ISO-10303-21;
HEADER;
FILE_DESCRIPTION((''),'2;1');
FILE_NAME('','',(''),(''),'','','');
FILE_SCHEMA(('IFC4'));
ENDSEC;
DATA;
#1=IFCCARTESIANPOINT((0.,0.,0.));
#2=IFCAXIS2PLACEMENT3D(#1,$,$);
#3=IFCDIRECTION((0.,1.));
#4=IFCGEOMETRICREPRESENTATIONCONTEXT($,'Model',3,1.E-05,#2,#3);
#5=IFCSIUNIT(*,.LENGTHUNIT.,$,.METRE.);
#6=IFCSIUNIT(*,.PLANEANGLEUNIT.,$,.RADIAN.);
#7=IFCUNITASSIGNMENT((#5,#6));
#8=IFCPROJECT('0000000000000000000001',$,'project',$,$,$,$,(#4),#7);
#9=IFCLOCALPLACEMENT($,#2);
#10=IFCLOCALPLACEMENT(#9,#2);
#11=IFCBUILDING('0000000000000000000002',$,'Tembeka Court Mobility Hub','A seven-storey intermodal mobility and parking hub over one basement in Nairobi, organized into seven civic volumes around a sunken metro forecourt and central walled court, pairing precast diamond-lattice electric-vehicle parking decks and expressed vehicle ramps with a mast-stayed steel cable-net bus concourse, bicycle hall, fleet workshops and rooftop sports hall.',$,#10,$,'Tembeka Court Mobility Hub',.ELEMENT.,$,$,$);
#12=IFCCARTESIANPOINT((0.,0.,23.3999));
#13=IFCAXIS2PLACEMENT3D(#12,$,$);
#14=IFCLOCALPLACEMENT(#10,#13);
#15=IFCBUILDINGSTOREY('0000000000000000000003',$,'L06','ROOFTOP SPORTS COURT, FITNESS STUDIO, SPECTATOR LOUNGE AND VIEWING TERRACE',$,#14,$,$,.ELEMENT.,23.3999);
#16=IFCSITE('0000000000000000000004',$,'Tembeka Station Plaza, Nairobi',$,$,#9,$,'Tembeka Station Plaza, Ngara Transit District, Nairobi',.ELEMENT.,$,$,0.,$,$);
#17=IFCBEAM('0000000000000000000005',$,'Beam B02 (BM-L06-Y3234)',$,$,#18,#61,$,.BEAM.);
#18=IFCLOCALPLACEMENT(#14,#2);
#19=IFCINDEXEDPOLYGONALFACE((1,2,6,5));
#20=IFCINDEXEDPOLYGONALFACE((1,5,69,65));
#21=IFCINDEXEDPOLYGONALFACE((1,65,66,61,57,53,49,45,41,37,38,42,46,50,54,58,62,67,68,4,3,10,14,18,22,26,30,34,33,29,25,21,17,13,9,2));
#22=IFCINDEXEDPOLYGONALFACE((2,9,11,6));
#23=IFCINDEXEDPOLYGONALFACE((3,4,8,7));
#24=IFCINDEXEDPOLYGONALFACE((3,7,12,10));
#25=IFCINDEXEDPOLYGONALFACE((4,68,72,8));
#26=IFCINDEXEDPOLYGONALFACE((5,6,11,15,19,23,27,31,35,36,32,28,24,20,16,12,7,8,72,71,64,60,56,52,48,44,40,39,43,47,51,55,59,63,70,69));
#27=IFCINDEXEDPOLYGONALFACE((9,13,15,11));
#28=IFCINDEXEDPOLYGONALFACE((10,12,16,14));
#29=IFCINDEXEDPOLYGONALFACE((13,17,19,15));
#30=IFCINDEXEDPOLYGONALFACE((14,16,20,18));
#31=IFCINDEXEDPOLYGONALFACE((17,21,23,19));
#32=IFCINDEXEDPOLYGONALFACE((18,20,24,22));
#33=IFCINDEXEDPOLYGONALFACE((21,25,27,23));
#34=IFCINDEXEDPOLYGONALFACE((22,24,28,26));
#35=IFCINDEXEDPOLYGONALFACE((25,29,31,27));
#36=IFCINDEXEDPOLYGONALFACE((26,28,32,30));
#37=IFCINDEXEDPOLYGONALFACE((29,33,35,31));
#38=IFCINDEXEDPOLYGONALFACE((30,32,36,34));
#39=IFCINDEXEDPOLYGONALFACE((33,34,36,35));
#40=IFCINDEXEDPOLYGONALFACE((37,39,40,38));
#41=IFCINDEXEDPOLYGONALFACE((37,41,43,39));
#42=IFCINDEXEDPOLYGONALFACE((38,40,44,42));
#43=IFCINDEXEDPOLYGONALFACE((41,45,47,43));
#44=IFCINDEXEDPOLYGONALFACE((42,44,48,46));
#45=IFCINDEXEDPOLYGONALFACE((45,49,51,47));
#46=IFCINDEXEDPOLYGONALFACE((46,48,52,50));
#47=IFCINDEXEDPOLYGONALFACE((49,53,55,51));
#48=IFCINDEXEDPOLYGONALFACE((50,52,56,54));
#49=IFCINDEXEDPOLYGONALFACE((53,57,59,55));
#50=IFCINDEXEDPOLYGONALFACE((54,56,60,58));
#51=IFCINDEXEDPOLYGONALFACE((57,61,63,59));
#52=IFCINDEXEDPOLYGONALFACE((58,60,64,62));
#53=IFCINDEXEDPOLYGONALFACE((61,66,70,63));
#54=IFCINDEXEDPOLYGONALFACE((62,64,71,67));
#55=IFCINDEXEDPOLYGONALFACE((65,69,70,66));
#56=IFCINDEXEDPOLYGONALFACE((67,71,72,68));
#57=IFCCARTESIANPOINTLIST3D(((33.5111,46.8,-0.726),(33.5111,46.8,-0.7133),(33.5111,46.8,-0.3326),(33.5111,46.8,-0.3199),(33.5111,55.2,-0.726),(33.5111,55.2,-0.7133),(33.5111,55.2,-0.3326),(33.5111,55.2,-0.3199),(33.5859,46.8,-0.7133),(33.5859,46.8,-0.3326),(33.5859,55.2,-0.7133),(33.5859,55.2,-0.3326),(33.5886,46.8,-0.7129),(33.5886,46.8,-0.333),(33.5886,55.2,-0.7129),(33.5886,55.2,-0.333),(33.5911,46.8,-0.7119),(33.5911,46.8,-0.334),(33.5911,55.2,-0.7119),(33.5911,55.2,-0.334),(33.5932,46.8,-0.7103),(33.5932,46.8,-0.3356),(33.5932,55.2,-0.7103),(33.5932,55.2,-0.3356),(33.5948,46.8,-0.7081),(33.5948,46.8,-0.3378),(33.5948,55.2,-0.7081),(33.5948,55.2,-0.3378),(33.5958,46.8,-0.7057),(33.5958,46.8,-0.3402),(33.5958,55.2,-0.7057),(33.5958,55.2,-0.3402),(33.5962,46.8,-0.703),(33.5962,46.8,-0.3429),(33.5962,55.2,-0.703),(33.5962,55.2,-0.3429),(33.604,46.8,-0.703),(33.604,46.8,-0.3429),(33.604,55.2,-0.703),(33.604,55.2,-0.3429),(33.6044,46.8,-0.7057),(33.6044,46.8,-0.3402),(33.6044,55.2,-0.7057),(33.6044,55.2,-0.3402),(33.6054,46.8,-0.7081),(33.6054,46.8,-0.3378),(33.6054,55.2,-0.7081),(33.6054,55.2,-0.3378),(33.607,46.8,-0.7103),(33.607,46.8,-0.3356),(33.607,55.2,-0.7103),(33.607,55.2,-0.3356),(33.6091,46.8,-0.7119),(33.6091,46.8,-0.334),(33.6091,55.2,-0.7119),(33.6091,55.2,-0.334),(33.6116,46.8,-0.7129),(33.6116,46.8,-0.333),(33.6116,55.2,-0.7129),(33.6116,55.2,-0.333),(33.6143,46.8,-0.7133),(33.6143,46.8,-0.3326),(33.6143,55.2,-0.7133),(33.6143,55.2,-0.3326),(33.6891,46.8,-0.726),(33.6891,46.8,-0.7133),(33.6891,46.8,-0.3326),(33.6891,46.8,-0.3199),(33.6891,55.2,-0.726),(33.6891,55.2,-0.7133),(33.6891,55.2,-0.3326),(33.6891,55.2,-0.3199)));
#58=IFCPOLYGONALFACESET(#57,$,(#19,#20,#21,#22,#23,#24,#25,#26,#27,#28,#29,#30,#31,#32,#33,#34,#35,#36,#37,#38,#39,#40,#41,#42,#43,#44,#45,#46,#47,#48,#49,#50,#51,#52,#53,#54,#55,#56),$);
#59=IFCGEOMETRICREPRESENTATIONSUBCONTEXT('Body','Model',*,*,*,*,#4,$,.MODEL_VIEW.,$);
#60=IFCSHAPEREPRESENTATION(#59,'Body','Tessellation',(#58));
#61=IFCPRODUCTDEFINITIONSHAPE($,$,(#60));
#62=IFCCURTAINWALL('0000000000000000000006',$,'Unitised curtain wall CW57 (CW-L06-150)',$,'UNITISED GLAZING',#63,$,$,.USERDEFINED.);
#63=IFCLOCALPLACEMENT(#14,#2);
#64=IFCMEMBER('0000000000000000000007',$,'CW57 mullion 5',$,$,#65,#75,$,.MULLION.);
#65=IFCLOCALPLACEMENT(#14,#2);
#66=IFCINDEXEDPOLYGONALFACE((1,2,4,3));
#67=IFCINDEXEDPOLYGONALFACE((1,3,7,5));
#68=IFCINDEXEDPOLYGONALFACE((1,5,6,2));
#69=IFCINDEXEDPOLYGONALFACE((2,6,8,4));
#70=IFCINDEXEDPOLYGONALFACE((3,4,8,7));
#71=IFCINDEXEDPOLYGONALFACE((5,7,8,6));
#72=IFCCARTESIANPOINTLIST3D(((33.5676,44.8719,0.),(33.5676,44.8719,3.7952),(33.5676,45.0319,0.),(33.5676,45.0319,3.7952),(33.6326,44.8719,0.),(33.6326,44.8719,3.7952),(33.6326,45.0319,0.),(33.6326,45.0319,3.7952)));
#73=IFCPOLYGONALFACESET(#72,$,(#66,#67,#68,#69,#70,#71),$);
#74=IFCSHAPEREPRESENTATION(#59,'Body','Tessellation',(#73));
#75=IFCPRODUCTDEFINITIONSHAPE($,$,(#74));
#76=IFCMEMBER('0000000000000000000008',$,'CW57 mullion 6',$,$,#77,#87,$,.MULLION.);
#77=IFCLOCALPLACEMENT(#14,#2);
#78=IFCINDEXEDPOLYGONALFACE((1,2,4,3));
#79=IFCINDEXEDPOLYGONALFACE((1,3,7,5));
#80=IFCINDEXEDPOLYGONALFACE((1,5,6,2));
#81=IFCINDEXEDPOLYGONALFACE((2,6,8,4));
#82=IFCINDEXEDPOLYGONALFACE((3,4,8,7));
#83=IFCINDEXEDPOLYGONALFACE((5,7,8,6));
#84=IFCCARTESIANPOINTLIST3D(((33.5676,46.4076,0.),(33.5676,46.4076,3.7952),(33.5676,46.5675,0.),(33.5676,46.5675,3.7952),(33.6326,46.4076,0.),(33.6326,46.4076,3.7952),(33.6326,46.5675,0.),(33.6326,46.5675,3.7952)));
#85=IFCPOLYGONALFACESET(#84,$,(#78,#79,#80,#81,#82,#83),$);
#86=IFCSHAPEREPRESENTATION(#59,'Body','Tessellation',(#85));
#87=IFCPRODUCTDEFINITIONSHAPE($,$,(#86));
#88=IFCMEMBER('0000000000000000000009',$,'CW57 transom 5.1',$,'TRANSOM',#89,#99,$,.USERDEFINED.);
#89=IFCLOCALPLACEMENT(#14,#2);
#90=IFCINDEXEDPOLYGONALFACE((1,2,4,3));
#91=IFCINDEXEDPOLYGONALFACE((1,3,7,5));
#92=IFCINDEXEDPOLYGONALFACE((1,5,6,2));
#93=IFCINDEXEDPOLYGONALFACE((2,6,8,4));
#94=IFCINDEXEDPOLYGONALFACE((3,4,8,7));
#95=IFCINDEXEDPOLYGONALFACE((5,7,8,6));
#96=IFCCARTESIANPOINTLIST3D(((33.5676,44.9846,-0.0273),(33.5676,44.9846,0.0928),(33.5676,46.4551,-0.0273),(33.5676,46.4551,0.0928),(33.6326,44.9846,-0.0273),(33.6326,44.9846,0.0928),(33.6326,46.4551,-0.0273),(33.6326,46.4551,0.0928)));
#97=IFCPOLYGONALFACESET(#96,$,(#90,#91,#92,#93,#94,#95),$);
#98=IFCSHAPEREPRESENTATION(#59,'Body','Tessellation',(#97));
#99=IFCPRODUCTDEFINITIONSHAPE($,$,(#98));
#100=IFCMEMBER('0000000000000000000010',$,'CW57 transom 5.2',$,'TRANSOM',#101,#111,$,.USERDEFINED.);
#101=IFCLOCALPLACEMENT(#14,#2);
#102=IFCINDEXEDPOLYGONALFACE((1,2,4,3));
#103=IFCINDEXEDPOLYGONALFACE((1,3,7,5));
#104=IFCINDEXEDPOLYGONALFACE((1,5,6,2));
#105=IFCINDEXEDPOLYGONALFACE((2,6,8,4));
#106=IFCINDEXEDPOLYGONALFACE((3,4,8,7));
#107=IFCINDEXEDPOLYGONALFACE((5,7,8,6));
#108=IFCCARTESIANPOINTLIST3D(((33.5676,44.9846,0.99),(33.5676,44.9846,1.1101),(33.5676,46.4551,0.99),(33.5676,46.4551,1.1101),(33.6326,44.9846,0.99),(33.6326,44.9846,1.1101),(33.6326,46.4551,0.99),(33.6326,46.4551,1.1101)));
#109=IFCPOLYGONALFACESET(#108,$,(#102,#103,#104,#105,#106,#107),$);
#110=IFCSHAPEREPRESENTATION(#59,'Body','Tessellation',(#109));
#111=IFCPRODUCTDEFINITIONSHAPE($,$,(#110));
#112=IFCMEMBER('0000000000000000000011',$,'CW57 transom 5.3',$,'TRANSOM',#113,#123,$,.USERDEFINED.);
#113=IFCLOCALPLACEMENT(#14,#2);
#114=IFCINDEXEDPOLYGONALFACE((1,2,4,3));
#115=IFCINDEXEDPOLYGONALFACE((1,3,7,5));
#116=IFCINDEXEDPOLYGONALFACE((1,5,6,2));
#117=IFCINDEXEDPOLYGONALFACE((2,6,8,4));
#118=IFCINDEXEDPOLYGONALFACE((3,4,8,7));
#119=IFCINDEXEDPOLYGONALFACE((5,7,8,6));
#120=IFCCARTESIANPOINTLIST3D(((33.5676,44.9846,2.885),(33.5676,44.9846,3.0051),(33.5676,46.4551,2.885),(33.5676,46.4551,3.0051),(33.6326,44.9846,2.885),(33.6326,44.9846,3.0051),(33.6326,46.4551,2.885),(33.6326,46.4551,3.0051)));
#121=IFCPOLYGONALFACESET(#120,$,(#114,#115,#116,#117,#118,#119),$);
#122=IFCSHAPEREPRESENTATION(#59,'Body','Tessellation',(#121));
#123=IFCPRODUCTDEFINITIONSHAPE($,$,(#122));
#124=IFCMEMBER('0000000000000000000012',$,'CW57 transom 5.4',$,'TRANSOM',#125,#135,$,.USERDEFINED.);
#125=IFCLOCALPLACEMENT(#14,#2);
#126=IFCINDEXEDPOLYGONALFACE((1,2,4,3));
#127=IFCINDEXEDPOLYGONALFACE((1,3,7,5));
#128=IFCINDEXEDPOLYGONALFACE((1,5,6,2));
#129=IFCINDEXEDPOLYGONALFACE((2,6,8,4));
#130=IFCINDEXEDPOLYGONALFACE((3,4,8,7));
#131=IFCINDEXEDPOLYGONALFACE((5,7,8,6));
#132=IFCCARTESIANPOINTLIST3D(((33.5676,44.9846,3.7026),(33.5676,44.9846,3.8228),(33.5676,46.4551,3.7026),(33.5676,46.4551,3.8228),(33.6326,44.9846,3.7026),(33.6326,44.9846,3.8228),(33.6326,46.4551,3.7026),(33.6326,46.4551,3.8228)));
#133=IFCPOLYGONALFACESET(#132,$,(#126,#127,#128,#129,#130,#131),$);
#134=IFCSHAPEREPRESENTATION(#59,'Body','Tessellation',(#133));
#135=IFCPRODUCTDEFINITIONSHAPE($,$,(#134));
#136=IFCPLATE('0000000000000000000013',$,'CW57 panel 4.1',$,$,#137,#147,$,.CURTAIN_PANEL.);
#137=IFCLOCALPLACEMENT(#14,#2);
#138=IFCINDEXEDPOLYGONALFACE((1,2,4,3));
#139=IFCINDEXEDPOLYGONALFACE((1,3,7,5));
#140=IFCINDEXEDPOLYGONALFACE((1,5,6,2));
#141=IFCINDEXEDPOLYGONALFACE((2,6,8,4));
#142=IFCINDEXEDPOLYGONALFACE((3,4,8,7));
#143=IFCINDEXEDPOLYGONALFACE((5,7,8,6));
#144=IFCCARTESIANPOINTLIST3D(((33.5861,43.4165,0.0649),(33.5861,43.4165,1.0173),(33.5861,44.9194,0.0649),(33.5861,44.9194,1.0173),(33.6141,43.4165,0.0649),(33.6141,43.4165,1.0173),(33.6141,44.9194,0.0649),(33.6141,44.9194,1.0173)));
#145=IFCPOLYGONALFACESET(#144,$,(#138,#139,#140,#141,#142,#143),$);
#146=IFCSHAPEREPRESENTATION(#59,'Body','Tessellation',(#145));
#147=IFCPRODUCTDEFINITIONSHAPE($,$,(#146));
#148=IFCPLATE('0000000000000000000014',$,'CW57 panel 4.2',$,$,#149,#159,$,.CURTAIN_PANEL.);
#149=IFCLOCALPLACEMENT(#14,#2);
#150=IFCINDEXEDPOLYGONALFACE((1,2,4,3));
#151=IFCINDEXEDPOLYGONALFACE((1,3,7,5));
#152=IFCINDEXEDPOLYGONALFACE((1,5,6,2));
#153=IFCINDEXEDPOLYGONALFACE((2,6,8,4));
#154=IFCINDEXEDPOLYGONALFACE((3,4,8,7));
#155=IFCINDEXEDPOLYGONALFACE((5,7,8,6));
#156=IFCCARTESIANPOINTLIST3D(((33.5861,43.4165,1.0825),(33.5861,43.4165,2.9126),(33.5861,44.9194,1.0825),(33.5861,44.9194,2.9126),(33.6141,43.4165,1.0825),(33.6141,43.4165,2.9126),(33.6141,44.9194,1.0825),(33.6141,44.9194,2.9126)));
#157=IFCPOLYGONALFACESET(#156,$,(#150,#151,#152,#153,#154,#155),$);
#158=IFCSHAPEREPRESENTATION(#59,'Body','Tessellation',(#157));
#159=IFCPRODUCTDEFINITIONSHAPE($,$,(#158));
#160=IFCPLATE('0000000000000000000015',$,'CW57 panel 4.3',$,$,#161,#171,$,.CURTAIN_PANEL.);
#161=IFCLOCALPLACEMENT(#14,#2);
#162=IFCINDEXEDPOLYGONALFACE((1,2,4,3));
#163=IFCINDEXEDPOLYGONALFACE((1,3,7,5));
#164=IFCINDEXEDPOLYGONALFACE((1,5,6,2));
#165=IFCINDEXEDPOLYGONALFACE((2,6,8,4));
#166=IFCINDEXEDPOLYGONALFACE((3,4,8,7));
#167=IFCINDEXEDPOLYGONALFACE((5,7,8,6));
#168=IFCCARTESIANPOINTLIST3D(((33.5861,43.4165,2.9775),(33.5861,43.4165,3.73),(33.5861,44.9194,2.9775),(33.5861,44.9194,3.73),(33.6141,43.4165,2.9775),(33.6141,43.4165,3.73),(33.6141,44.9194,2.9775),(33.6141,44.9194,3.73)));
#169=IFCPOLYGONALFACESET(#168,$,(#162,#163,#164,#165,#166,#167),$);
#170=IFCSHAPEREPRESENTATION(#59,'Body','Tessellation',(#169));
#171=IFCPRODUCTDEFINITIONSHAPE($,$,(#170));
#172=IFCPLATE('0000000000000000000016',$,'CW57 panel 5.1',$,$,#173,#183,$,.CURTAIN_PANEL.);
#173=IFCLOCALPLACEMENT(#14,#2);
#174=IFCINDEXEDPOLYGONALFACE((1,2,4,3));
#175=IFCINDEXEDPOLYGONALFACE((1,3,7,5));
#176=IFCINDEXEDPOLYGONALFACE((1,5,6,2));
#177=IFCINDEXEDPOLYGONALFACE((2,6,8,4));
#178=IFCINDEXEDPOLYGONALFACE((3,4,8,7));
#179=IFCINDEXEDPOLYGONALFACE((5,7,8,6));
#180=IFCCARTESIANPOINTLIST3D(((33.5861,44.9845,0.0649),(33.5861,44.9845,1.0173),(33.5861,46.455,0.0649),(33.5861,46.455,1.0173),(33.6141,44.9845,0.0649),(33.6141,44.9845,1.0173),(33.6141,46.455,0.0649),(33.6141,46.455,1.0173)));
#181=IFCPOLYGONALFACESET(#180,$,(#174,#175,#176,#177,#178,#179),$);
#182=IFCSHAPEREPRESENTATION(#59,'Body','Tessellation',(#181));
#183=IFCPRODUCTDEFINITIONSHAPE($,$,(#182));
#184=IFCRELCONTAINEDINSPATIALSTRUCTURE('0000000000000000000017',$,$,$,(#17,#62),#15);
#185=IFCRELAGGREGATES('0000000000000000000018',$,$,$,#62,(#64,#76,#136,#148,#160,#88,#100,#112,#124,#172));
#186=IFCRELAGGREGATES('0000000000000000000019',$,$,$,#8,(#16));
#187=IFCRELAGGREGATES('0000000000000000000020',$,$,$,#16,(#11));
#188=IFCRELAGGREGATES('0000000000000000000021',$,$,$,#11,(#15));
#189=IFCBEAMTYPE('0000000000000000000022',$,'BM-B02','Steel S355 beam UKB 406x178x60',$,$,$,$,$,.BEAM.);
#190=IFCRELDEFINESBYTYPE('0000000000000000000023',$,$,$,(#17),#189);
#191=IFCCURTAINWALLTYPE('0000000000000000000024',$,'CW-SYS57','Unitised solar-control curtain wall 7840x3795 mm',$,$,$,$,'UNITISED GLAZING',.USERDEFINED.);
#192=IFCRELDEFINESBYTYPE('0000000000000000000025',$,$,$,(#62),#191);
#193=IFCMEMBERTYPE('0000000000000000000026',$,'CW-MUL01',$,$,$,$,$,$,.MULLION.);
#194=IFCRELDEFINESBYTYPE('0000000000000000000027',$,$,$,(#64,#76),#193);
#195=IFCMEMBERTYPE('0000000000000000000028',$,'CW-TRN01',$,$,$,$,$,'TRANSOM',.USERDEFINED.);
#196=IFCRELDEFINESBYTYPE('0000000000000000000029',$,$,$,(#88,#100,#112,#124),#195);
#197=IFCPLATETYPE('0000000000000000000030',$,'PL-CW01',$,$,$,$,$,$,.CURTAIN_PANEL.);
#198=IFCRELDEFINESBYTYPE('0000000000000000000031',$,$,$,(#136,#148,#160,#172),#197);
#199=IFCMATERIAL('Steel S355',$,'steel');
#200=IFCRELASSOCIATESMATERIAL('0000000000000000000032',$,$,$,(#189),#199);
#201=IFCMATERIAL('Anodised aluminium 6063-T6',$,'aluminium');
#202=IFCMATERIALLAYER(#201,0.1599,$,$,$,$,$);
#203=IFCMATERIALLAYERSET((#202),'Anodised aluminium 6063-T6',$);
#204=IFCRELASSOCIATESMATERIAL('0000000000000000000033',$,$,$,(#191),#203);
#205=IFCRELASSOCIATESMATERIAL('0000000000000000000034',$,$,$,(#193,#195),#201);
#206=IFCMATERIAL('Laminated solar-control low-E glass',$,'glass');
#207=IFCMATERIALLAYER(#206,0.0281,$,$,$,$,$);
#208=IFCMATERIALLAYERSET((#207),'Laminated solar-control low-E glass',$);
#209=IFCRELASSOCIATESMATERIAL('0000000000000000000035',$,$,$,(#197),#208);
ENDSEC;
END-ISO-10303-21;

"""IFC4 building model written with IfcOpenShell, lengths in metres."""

from ifc_helpers import new_model, si_unit, direction, frame, origin, origin_2d, place, context, subcontext, project, spatial, rectangle, i_section, extrude, material, layer, layer_set, material_profile, profile_set, type_object, element, aggregate, save


model = new_model("IFC4")

# Units and contexts
model_context = context("Model", 3, precision=1e-05, world=origin(), true_north=direction((0.0, 1.0)))
body_context = subcontext(model_context, "Body", "Model", "MODEL_VIEW")
ifc_project = project(units=[si_unit("LENGTHUNIT", "METRE"), si_unit("PLANEANGLEUNIT", "RADIAN")], contexts=[model_context])

# Site, building, storey
site_placement = place(None, origin())
site = spatial("IfcSite", under=ifc_project, at=site_placement, Name="Tembeka Station Plaza, Nairobi", LongName="Tembeka Station Plaza, Ngara Transit District, Nairobi", CompositionType="ELEMENT", RefElevation=0.0)
building_placement = place(site_placement, origin())
building = spatial("IfcBuilding", under=site, at=building_placement, Name="Tembeka Court Mobility Hub", Description="A seven-storey intermodal mobility and parking hub over one basement in Nairobi, organized into seven civic volumes around a sunken metro forecourt and central walled court, pairing precast diamond-lattice electric-vehicle parking decks and expressed vehicle ramps with a mast-stayed steel cable-net bus concourse, bicycle hall, fleet workshops and rooftop sports hall.", LongName="Tembeka Court Mobility Hub", CompositionType="ELEMENT")
storey_placement = place(building_placement, frame((0.0, 0.0, 23.3999)))
storey = spatial("IfcBuildingStorey", under=building, at=storey_placement, Name="L06", Description="ROOFTOP SPORTS COURT, FITNESS STUDIO, SPECTATOR LOUNGE AND VIEWING TERRACE", CompositionType="ELEMENT", Elevation=23.3999)

# Shared definitions
ifc_material_1 = material(Name="Steel S355", Category="steel")

# Beam
ifc_material_profile_1 = material_profile(ifc_material_1, i_section(OverallWidth=0.178, OverallDepth=0.406, WebThickness=0.0078, FlangeThickness=0.0127, FilletRadius=0.0103, at=origin_2d()), Name="UKB 406x178x60")
ifc_profile_set_1 = profile_set([ifc_material_profile_1], Name="Steel S355")
beam_type_1 = type_object("IfcBeamType", Name="BM-B02", Description="Steel S355 beam UKB 406x178x60", PredefinedType="BEAM", material=ifc_profile_set_1)
beam_placement = place(storey_placement, frame((33.6001, 46.8, -0.5229), z_axis=(0.0, 1.0, 0.0), x_axis=(-1.0, 0.0, 0.0)))
element("IfcBeam", 1, at=beam_placement, inside=storey, type_object=beam_type_1, Name="Beam B02 (BM-L06-Y3234)", PredefinedType="BEAM", context=body_context, shape_type="SweptSolid", body=[
    extrude(i_section(OverallWidth=0.178, OverallDepth=0.406, WebThickness=0.0078, FlangeThickness=0.0127, FilletRadius=0.0103, at=origin_2d()), origin(), (0.0, 0.0, 1.0), 8.3999),
])

# Curtain wall, members, plates
ifc_material_2 = material(Name="Anodised aluminium 6063-T6", Category="aluminium")
ifc_layer_1 = layer(ifc_material_2, 0.1599)
ifc_layer_set_1 = layer_set([ifc_layer_1], Name="Anodised aluminium 6063-T6")
curtain_wall_type = type_object("IfcCurtainWallType", Name="CW-SYS57", Description="Unitised solar-control curtain wall 7840x3795 mm", ElementType="UNITISED GLAZING", PredefinedType="USERDEFINED", material=ifc_layer_set_1)
curtain_wall_placement = place(storey_placement, origin())
curtain_wall = element("IfcCurtainWall", 2, at=curtain_wall_placement, inside=storey, type_object=curtain_wall_type, Name="Unitised curtain wall CW57 (CW-L06-150)", ObjectType="UNITISED GLAZING", PredefinedType="USERDEFINED")
ifc_material_profile_2 = material_profile(ifc_material_2, rectangle(XDim=0.0649, YDim=0.1599, at=origin_2d()), Name="ALU-MUL 65x160")
ifc_profile_set_2 = profile_set([ifc_material_profile_2], Name="Anodised aluminium 6063-T6")
member_type_1 = type_object("IfcMemberType", Name="CW-MUL01", PredefinedType="MULLION", material=ifc_profile_set_2)
member_1_placement = place(storey_placement, frame((33.6001, 44.9519, 0.0), z_axis=(0.0, 0.0, 1.0), x_axis=(-1.0, 0.0, 0.0)))
member_1 = element("IfcMember", 3, at=member_1_placement, type_object=member_type_1, Name="CW57 mullion 5", PredefinedType="MULLION", context=body_context, shape_type="SweptSolid", body=[
    extrude(rectangle(XDim=0.0649, YDim=0.1599, at=origin_2d()), origin(), (0.0, 0.0, 1.0), 3.7952),
])
member_2_placement = place(storey_placement, frame((33.6001, 46.4875, 0.0), z_axis=(0.0, 0.0, 1.0), x_axis=(-1.0, 0.0, 0.0)))
member_2 = element("IfcMember", 4, at=member_2_placement, type_object=member_type_1, Name="CW57 mullion 6", PredefinedType="MULLION", context=body_context, shape_type="SweptSolid", body=[
    extrude(rectangle(XDim=0.0649, YDim=0.1599, at=origin_2d()), origin(), (0.0, 0.0, 1.0), 3.7952),
])
ifc_material_profile_3 = material_profile(ifc_material_2, rectangle(XDim=0.0649, YDim=0.1201, at=origin_2d()), Name="ALU-TRN 65x120")
ifc_profile_set_3 = profile_set([ifc_material_profile_3], Name="Anodised aluminium 6063-T6")
member_type_2 = type_object("IfcMemberType", Name="CW-TRN01", ElementType="TRANSOM", PredefinedType="USERDEFINED", material=ifc_profile_set_3)
member_3_placement = place(storey_placement, frame((33.6001, 44.9846, 0.0327), z_axis=(0.0, 1.0, 0.0), x_axis=(-1.0, 0.0, 0.0)))
member_3 = element("IfcMember", 5, at=member_3_placement, type_object=member_type_2, Name="CW57 transom 5.1", ObjectType="TRANSOM", PredefinedType="USERDEFINED", context=body_context, shape_type="SweptSolid", body=[
    extrude(rectangle(XDim=0.0649, YDim=0.1201, at=origin_2d()), origin(), (0.0, 0.0, 1.0), 1.4705),
])
member_4_placement = place(storey_placement, frame((33.6001, 44.9846, 1.05), z_axis=(0.0, 1.0, 0.0), x_axis=(-1.0, 0.0, 0.0)))
member_4 = element("IfcMember", 6, at=member_4_placement, type_object=member_type_2, Name="CW57 transom 5.2", ObjectType="TRANSOM", PredefinedType="USERDEFINED", context=body_context, shape_type="SweptSolid", body=[
    extrude(rectangle(XDim=0.0649, YDim=0.1201, at=origin_2d()), origin(), (0.0, 0.0, 1.0), 1.4705),
])
member_5_placement = place(storey_placement, frame((33.6001, 44.9846, 2.9451), z_axis=(0.0, 1.0, 0.0), x_axis=(-1.0, 0.0, 0.0)))
member_5 = element("IfcMember", 7, at=member_5_placement, type_object=member_type_2, Name="CW57 transom 5.3", ObjectType="TRANSOM", PredefinedType="USERDEFINED", context=body_context, shape_type="SweptSolid", body=[
    extrude(rectangle(XDim=0.0649, YDim=0.1201, at=origin_2d()), origin(), (0.0, 0.0, 1.0), 1.4705),
])
member_6_placement = place(storey_placement, frame((33.6001, 44.9846, 3.7627), z_axis=(0.0, 1.0, 0.0), x_axis=(-1.0, 0.0, 0.0)))
member_6 = element("IfcMember", 8, at=member_6_placement, type_object=member_type_2, Name="CW57 transom 5.4", ObjectType="TRANSOM", PredefinedType="USERDEFINED", context=body_context, shape_type="SweptSolid", body=[
    extrude(rectangle(XDim=0.0649, YDim=0.1201, at=origin_2d()), origin(), (0.0, 0.0, 1.0), 1.4705),
])
ifc_material_3 = material(Name="Laminated solar-control low-E glass", Category="glass")
ifc_layer_2 = layer(ifc_material_3, 0.0281)
ifc_layer_set_2 = layer_set([ifc_layer_2], Name="Laminated solar-control low-E glass")
plate_type = type_object("IfcPlateType", Name="PL-CW01", PredefinedType="CURTAIN_PANEL", material=ifc_layer_set_2)
plate_1_placement = place(storey_placement, frame((33.6001, 44.168, 0.0649), z_axis=(0.0, 0.0, 1.0), x_axis=(0.0, 1.0, 0.0)))
plate_1 = element("IfcPlate", 9, at=plate_1_placement, type_object=plate_type, Name="CW57 panel 4.1", PredefinedType="CURTAIN_PANEL", context=body_context, shape_type="SweptSolid", body=[
    extrude(rectangle(XDim=1.5029, YDim=0.0281, at=origin_2d()), origin(), (0.0, 0.0, 1.0), 0.9524),
])
plate_2_placement = place(storey_placement, frame((33.6001, 44.168, 1.0825), z_axis=(0.0, 0.0, 1.0), x_axis=(0.0, 1.0, 0.0)))
plate_2 = element("IfcPlate", 10, at=plate_2_placement, type_object=plate_type, Name="CW57 panel 4.2", PredefinedType="CURTAIN_PANEL", context=body_context, shape_type="SweptSolid", body=[
    extrude(rectangle(XDim=1.5029, YDim=0.0281, at=origin_2d()), origin(), (0.0, 0.0, 1.0), 1.8301),
])
plate_3_placement = place(storey_placement, frame((33.6001, 44.168, 2.9775), z_axis=(0.0, 0.0, 1.0), x_axis=(0.0, 1.0, 0.0)))
plate_3 = element("IfcPlate", 11, at=plate_3_placement, type_object=plate_type, Name="CW57 panel 4.3", PredefinedType="CURTAIN_PANEL", context=body_context, shape_type="SweptSolid", body=[
    extrude(rectangle(XDim=1.5029, YDim=0.0281, at=origin_2d()), origin(), (0.0, 0.0, 1.0), 0.7524),
])
plate_4_placement = place(storey_placement, frame((33.6001, 45.7197, 0.0649), z_axis=(0.0, 0.0, 1.0), x_axis=(0.0, 1.0, 0.0)))
plate_4 = element("IfcPlate", 12, at=plate_4_placement, type_object=plate_type, Name="CW57 panel 5.1", PredefinedType="CURTAIN_PANEL", context=body_context, shape_type="SweptSolid", body=[
    extrude(rectangle(XDim=1.4705, YDim=0.0281, at=origin_2d()), origin(), (0.0, 0.0, 1.0), 0.9524),
])
aggregate(curtain_wall, [member_1, member_2, plate_1, plate_2, plate_3, member_3, member_4, member_5, member_6, plate_4])

save(model, "model.ifc")
